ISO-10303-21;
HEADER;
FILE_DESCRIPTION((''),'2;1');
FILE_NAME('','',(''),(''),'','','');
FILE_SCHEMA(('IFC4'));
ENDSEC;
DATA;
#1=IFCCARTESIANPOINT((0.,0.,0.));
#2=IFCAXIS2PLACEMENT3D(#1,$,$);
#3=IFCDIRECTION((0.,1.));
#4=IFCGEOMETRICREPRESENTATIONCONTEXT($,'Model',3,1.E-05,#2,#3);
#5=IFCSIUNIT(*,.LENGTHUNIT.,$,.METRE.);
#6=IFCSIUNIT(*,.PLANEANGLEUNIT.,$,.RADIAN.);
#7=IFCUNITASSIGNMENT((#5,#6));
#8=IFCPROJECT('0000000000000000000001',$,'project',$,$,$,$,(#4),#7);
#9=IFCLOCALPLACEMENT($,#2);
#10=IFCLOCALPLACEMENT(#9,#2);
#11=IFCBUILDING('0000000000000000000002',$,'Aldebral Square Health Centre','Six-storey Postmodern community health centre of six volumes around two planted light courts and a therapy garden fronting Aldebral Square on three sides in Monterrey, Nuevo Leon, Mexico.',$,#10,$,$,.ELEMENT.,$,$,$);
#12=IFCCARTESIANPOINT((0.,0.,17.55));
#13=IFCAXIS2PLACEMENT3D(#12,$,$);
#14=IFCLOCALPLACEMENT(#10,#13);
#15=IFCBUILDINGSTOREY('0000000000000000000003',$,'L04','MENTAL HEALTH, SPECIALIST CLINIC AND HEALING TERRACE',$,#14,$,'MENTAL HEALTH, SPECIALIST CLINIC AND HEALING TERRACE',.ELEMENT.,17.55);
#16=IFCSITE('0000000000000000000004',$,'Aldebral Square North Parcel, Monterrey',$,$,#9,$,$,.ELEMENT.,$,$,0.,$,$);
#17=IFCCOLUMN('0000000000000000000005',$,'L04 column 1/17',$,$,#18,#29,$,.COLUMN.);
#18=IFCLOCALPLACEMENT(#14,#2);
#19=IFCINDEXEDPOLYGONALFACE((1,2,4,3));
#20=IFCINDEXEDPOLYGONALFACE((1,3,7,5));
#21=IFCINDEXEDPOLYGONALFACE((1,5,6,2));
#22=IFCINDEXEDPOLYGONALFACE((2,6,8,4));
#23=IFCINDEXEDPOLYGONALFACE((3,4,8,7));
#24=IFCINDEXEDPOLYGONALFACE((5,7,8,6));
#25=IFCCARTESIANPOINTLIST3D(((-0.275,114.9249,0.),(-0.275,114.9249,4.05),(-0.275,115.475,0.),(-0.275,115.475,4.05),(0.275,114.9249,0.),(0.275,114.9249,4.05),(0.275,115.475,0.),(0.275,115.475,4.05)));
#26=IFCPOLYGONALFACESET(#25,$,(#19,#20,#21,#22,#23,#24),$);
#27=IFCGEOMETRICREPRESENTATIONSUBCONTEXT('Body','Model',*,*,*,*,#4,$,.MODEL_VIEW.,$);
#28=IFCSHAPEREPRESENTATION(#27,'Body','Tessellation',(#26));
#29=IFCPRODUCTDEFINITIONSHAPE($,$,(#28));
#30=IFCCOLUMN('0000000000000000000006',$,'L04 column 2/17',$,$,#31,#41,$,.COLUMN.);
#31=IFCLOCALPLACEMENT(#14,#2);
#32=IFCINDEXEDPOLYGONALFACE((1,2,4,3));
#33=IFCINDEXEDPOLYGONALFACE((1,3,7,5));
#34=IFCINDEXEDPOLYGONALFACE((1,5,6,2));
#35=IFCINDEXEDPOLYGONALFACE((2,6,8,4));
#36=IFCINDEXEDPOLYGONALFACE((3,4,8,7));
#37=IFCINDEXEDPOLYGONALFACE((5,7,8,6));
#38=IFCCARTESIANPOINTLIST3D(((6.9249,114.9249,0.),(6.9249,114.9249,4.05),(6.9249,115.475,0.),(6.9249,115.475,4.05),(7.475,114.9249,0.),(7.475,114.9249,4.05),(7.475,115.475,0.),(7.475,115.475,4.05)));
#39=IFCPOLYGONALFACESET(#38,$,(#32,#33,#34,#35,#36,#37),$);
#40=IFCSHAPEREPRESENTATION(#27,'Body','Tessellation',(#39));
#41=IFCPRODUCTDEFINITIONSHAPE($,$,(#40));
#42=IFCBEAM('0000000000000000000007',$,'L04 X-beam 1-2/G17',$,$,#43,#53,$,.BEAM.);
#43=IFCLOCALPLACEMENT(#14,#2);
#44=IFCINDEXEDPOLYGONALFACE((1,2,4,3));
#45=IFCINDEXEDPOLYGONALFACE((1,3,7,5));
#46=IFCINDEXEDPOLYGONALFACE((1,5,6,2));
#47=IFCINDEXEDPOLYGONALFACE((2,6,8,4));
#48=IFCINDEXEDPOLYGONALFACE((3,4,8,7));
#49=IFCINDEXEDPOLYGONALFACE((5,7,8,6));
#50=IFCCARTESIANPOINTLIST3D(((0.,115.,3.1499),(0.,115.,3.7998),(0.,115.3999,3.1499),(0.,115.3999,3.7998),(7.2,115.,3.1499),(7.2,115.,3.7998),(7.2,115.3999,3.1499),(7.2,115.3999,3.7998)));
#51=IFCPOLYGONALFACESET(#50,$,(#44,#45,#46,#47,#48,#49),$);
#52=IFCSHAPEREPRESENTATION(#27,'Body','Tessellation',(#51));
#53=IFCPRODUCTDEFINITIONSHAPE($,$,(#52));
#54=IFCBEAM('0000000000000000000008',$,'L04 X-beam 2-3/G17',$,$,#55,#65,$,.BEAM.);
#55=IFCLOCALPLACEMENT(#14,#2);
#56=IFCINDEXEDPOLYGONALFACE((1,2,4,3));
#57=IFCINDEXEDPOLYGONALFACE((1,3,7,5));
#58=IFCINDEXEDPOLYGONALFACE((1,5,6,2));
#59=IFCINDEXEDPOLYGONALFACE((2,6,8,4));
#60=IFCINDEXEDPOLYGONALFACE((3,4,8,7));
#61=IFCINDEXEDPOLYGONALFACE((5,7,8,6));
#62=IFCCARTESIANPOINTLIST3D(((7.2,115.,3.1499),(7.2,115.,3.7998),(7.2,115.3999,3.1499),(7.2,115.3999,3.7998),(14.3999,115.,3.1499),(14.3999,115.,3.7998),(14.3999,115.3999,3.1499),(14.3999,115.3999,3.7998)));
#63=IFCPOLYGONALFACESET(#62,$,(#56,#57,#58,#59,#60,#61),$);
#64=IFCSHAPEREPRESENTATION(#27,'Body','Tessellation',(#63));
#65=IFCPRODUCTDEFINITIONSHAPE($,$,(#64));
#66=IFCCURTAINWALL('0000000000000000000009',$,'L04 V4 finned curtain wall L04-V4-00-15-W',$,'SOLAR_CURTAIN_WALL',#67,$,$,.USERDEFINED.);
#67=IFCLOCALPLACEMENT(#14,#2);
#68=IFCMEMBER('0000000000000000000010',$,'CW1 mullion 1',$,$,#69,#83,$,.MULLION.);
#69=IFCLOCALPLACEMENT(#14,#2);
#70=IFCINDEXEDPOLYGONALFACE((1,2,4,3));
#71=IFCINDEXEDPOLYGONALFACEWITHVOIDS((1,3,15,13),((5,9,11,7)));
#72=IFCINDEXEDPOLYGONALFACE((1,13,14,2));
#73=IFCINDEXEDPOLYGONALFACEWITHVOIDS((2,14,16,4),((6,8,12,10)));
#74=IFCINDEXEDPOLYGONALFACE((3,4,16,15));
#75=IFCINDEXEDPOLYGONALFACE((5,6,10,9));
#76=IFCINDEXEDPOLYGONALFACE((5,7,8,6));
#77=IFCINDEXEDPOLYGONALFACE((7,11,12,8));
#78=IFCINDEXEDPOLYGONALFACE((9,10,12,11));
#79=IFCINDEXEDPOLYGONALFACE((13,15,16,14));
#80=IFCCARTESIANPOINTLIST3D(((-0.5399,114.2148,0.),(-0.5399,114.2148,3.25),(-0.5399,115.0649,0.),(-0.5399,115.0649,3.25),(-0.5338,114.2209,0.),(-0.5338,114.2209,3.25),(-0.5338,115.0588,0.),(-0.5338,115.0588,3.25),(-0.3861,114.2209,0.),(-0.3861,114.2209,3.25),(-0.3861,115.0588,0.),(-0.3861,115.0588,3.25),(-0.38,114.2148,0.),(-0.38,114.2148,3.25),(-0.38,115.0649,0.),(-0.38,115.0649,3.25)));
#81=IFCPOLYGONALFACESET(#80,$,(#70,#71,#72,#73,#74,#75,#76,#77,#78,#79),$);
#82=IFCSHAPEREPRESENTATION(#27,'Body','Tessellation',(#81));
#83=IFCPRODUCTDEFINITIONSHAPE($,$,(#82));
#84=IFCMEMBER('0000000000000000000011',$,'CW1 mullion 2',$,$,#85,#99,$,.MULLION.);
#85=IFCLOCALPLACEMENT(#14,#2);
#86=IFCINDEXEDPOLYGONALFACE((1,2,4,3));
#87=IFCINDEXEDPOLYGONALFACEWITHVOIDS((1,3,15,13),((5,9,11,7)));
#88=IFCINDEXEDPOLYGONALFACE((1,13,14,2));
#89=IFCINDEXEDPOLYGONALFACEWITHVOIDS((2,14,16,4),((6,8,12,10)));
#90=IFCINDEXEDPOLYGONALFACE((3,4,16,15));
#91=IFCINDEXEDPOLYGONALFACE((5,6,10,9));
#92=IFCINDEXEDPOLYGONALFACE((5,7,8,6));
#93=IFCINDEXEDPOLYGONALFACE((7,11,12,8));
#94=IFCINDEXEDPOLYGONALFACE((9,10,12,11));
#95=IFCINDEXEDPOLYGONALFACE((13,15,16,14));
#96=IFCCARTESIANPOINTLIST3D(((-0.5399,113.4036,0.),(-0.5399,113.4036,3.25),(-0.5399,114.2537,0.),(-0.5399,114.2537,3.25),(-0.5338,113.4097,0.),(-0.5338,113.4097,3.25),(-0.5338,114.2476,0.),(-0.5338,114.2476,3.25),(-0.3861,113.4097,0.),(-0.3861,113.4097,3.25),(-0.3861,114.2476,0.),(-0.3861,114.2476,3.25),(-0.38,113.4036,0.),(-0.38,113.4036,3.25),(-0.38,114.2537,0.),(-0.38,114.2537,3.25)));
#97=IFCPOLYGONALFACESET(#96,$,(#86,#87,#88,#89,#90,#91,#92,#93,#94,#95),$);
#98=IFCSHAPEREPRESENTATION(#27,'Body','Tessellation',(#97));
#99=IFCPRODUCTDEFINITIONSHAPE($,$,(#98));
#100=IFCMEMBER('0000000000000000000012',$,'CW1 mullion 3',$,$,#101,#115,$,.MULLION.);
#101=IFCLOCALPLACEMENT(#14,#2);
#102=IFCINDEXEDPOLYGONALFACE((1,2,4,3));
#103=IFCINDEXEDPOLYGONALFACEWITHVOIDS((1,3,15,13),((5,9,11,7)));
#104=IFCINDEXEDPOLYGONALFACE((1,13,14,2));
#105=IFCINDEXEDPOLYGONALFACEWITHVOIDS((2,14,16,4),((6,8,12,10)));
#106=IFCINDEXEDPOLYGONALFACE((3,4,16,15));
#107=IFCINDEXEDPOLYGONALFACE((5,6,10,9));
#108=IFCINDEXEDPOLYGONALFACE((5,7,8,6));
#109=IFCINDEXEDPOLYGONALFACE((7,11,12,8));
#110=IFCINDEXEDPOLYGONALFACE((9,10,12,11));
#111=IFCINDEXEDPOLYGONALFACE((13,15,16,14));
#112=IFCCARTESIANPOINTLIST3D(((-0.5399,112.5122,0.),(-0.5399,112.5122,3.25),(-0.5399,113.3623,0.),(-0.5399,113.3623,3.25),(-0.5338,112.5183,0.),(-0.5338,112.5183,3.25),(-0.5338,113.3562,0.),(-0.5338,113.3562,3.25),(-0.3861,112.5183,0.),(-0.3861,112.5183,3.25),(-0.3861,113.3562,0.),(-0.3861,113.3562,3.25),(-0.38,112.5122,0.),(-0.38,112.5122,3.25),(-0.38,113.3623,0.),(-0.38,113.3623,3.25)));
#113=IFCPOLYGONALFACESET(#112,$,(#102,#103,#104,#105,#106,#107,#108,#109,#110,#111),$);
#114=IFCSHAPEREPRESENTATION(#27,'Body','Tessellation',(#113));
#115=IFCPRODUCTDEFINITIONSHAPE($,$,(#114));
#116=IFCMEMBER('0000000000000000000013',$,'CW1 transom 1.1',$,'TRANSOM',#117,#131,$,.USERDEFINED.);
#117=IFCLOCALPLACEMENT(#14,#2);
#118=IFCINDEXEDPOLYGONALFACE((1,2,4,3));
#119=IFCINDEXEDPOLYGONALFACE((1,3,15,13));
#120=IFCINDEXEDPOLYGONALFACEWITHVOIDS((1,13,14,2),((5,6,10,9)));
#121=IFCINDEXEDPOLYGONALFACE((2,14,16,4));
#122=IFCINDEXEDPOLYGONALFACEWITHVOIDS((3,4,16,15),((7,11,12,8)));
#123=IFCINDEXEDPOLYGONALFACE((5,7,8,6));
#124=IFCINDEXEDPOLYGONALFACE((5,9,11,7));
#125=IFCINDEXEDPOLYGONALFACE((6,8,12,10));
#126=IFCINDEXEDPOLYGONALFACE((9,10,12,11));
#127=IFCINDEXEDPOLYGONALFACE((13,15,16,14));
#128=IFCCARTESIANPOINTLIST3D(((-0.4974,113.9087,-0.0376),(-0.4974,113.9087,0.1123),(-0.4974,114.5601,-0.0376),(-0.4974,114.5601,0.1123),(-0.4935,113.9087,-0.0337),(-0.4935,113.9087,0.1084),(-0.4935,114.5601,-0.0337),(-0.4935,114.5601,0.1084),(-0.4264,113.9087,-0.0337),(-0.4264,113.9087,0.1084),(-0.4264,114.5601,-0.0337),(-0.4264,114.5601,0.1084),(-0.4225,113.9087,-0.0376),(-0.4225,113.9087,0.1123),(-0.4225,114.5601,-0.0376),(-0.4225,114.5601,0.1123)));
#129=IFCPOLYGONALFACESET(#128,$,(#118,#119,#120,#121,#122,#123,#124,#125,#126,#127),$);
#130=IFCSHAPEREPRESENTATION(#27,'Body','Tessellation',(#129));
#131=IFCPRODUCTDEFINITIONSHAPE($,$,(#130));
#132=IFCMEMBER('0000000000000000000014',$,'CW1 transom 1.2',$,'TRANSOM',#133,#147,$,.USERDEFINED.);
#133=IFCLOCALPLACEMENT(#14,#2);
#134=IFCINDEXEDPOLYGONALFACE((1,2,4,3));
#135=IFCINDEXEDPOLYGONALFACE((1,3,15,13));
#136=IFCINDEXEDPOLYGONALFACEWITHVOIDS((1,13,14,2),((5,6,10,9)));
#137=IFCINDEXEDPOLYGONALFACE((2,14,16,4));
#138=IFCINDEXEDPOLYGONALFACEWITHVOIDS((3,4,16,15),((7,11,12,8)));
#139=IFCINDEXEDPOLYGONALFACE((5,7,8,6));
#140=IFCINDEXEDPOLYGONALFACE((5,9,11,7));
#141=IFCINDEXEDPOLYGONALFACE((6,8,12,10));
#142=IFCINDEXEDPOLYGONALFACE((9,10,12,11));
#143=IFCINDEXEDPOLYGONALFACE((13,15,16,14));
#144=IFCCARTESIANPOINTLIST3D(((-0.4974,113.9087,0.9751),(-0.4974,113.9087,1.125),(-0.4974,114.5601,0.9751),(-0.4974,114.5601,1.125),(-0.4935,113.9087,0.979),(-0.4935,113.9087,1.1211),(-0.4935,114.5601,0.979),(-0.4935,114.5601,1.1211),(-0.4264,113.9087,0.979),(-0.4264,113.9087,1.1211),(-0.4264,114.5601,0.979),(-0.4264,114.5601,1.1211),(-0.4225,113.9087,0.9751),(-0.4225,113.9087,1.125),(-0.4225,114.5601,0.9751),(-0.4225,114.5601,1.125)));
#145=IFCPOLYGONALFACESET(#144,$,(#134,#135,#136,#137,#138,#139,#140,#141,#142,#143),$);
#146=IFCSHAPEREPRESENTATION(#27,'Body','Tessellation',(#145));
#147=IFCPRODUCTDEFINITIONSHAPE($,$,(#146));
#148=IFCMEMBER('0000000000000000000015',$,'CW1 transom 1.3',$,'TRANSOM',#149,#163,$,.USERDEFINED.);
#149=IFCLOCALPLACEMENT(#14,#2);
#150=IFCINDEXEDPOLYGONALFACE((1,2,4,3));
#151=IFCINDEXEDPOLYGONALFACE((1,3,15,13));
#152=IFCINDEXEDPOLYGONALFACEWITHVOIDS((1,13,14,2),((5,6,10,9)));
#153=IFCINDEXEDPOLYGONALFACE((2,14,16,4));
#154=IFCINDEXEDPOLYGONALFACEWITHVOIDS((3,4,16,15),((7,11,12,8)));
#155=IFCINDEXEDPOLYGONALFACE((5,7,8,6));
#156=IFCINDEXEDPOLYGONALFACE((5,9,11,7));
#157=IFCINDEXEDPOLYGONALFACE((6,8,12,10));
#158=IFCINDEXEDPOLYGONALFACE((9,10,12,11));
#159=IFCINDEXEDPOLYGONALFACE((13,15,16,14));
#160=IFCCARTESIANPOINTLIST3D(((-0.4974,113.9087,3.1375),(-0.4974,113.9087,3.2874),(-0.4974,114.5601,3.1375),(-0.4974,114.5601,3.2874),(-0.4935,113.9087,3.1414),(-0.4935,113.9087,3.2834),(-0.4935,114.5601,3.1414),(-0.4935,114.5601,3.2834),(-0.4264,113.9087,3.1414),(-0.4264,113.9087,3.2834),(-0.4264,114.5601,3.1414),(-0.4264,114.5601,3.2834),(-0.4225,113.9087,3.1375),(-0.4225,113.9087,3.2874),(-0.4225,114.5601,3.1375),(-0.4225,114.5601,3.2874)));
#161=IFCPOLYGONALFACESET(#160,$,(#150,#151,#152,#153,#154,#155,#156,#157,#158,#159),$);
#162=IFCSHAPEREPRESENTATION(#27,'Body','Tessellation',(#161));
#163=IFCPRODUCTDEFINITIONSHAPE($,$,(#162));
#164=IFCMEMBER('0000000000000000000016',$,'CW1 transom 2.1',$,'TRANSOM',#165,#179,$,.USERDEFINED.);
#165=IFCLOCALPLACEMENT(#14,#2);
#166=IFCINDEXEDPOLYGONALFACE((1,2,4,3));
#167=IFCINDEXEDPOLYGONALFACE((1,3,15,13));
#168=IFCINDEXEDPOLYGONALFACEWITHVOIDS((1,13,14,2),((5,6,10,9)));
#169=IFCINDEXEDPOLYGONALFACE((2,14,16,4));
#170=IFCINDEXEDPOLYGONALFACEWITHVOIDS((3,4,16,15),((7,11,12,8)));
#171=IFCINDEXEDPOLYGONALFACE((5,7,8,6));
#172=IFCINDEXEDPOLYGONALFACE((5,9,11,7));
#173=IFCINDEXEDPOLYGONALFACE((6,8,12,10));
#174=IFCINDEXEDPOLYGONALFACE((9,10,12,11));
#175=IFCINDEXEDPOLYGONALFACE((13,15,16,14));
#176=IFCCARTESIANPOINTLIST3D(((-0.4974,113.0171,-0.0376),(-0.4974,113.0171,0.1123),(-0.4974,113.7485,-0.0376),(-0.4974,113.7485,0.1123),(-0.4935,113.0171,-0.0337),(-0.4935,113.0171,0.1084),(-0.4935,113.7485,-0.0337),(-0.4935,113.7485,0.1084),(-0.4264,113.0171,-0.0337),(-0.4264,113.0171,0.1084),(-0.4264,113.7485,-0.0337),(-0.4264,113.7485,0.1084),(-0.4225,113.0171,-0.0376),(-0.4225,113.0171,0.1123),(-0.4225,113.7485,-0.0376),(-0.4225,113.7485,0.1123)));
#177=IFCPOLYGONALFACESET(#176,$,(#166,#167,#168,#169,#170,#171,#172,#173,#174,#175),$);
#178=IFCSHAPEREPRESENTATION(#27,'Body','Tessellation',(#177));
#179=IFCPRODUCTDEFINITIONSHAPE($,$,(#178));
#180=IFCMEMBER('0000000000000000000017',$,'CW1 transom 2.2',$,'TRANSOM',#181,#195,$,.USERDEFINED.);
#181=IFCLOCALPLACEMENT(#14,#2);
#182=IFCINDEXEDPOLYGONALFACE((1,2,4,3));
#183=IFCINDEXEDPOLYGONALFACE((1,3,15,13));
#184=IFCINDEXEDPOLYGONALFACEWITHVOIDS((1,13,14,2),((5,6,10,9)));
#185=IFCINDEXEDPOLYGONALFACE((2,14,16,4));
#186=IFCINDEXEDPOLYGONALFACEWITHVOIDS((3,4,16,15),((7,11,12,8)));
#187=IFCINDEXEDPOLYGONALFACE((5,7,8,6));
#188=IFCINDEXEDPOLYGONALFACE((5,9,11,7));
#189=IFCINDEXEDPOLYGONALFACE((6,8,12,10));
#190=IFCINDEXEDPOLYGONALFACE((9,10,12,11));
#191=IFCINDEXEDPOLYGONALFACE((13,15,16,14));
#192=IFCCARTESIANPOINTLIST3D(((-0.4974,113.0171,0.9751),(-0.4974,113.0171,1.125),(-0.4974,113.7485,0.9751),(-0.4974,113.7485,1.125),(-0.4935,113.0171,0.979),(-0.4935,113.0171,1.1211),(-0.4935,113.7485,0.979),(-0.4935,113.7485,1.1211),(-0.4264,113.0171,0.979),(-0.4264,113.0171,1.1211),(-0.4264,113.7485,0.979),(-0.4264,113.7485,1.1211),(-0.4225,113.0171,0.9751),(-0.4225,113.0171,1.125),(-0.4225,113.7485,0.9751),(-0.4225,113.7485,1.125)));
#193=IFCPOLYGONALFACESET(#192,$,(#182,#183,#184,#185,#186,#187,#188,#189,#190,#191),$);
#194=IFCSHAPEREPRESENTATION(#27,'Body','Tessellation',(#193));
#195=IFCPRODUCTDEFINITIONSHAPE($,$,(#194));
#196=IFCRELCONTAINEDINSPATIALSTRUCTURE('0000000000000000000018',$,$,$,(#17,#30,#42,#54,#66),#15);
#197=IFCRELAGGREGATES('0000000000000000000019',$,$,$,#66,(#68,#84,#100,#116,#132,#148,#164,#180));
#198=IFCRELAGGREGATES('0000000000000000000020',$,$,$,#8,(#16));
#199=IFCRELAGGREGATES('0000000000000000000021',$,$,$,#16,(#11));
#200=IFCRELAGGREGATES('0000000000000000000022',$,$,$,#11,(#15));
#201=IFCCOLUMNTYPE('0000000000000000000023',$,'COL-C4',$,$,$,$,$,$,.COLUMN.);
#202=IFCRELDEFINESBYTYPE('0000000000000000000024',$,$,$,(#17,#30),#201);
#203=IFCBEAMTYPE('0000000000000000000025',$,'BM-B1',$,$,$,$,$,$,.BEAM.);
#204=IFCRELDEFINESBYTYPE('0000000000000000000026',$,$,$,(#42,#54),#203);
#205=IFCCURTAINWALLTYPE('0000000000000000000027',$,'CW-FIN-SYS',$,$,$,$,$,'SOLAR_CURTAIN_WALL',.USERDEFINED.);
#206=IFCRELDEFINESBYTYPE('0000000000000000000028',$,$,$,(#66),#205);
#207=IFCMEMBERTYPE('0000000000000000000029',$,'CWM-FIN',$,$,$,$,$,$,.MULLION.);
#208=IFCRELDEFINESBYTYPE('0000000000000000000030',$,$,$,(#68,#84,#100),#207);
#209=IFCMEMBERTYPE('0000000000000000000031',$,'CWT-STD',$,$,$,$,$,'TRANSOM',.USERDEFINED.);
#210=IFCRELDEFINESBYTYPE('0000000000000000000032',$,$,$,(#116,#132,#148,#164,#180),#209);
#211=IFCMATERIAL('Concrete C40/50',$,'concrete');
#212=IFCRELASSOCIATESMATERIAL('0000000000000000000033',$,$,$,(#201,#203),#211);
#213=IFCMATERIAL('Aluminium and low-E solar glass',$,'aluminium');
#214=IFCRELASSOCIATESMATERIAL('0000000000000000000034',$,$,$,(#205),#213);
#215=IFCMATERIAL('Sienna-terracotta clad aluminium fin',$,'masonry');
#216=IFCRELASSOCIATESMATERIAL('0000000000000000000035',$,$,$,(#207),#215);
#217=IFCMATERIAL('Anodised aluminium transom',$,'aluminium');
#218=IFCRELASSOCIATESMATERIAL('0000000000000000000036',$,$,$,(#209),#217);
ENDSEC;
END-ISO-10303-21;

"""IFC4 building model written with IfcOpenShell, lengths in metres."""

from ifc_helpers import new_model, si_unit, direction, frame, origin, origin_2d, place, context, subcontext, project, spatial, rectangle, hollow_rectangle, extrude, material, material_profile, profile_set, type_object, element, aggregate, save


model = new_model("IFC4")

# Units and contexts
model_context = context("Model", 3, precision=1e-05, world=origin(), true_north=direction((0.0, 1.0)))
body_context = subcontext(model_context, "Body", "Model", "MODEL_VIEW")
ifc_project = project(units=[si_unit("LENGTHUNIT", "METRE"), si_unit("PLANEANGLEUNIT", "RADIAN")], contexts=[model_context])

# Site, building, storey
site_placement = place(None, origin())
site = spatial("IfcSite", under=ifc_project, at=site_placement, Name="Aldebral Square North Parcel, Monterrey", CompositionType="ELEMENT", RefElevation=0.0)
building_placement = place(site_placement, origin())
building = spatial("IfcBuilding", under=site, at=building_placement, Name="Aldebral Square Health Centre", Description="Six-storey Postmodern community health centre of six volumes around two planted light courts and a therapy garden fronting Aldebral Square on three sides in Monterrey, Nuevo Leon, Mexico.", CompositionType="ELEMENT")
storey_placement = place(building_placement, frame((0.0, 0.0, 17.55)))
storey = spatial("IfcBuildingStorey", under=building, at=storey_placement, Name="L04", Description="MENTAL HEALTH, SPECIALIST CLINIC AND HEALING TERRACE", LongName="MENTAL HEALTH, SPECIALIST CLINIC AND HEALING TERRACE", CompositionType="ELEMENT", Elevation=17.55)

# Columns
ifc_material_1 = material(Name="Concrete C40/50", Category="concrete")
ifc_material_profile_1 = material_profile(ifc_material_1, rectangle(XDim=0.55, YDim=0.55, at=origin_2d()), Name="RC 550x550")
ifc_profile_set_1 = profile_set([ifc_material_profile_1], Name="Concrete C40/50")
column_type = type_object("IfcColumnType", Name="COL-C4", PredefinedType="COLUMN", material=ifc_profile_set_1)
for number, where, z_axis, x_axis, name in (
    (1, (0.0, 115.2, 0.0), (0.0, 0.0, 1.0), (1.0, 0.0, 0.0), "L04 column 1/17"),
    (2, (7.2, 115.2, 0.0), (0.0, 0.0, 1.0), (1.0, 0.0, 0.0), "L04 column 2/17"),
):
    element("IfcColumn", number, at=place(storey_placement, frame(where, z_axis=z_axis, x_axis=x_axis)), inside=storey, type_object=column_type, Name=name, PredefinedType="COLUMN", context=body_context, shape_type="SweptSolid", body=[
        extrude(rectangle(XDim=0.55, YDim=0.55, at=origin_2d()), origin(), (0.0, 0.0, 1.0), 4.05),
    ])

# Beams
ifc_material_profile_2 = material_profile(ifc_material_1, rectangle(XDim=0.3999, YDim=0.6499, at=origin_2d()), Name="RC 400x650")
ifc_profile_set_2 = profile_set([ifc_material_profile_2], Name="Concrete C40/50")
beam_type = type_object("IfcBeamType", Name="BM-B1", PredefinedType="BEAM", material=ifc_profile_set_2)
for number, where, z_axis, x_axis, name in (
    (3, (0.0, 115.2, 3.4749), (1.0, 0.0, 0.0), (0.0, 1.0, 0.0), "L04 X-beam 1-2/G17"),
    (4, (7.2, 115.2, 3.4749), (1.0, 0.0, 0.0), (0.0, 1.0, 0.0), "L04 X-beam 2-3/G17"),
):
    element("IfcBeam", number, at=place(storey_placement, frame(where, z_axis=z_axis, x_axis=x_axis)), inside=storey, type_object=beam_type, Name=name, PredefinedType="BEAM", context=body_context, shape_type="SweptSolid", body=[
        extrude(rectangle(XDim=0.3999, YDim=0.6499, at=origin_2d()), origin(), (0.0, 0.0, 1.0), 7.2),
    ])

# Curtain wall, members
ifc_material_2 = material(Name="Aluminium and low-E solar glass", Category="aluminium")
curtain_wall_type = type_object("IfcCurtainWallType", Name="CW-FIN-SYS", ElementType="SOLAR_CURTAIN_WALL", PredefinedType="USERDEFINED", material=ifc_material_2)
curtain_wall_placement = place(storey_placement, origin())
curtain_wall = element("IfcCurtainWall", 5, at=curtain_wall_placement, inside=storey, type_object=curtain_wall_type, Name="L04 V4 finned curtain wall L04-V4-00-15-W", ObjectType="SOLAR_CURTAIN_WALL", PredefinedType="USERDEFINED")
ifc_material_3 = material(Name="Sienna-terracotta clad aluminium fin", Category="masonry")
ifc_material_profile_3 = material_profile(ifc_material_3, hollow_rectangle(XDim=0.1599, YDim=0.8501, WallThickness=0.0061, at=origin_2d()), Name="FIN 160x850x6")
ifc_profile_set_3 = profile_set([ifc_material_profile_3], Name="Sienna-terracotta clad aluminium fin")
member_type_1 = type_object("IfcMemberType", Name="CWM-FIN", PredefinedType="MULLION", material=ifc_profile_set_3)
member_1_placement = place(storey_placement, frame((-0.46, 114.6399, 0.0), z_axis=(0.0, 0.0, 1.0), x_axis=(1.0, 0.0, 0.0)))
member_1 = element("IfcMember", 6, at=member_1_placement, type_object=member_type_1, Name="CW1 mullion 1", PredefinedType="MULLION", context=body_context, shape_type="SweptSolid", body=[
    extrude(hollow_rectangle(XDim=0.1599, YDim=0.8501, WallThickness=0.0061, at=origin_2d()), origin(), (0.0, 0.0, 1.0), 3.25),
])
member_2_placement = place(storey_placement, frame((-0.46, 113.8286, 0.0), z_axis=(0.0, 0.0, 1.0), x_axis=(1.0, 0.0, 0.0)))
member_2 = element("IfcMember", 7, at=member_2_placement, type_object=member_type_1, Name="CW1 mullion 2", PredefinedType="MULLION", context=body_context, shape_type="SweptSolid", body=[
    extrude(hollow_rectangle(XDim=0.1599, YDim=0.8501, WallThickness=0.0061, at=origin_2d()), origin(), (0.0, 0.0, 1.0), 3.25),
])
member_3_placement = place(storey_placement, frame((-0.46, 112.9373, 0.0), z_axis=(0.0, 0.0, 1.0), x_axis=(1.0, 0.0, 0.0)))
member_3 = element("IfcMember", 8, at=member_3_placement, type_object=member_type_1, Name="CW1 mullion 3", PredefinedType="MULLION", context=body_context, shape_type="SweptSolid", body=[
    extrude(hollow_rectangle(XDim=0.1599, YDim=0.8501, WallThickness=0.0061, at=origin_2d()), origin(), (0.0, 0.0, 1.0), 3.25),
])
ifc_material_4 = material(Name="Anodised aluminium transom", Category="aluminium")
ifc_material_profile_4 = material_profile(ifc_material_4, hollow_rectangle(XDim=0.075, YDim=0.1499, WallThickness=0.0039, at=origin_2d()), Name="CWT 75x150x4")
ifc_profile_set_4 = profile_set([ifc_material_profile_4], Name="Anodised aluminium transom")
member_type_2 = type_object("IfcMemberType", Name="CWT-STD", ElementType="TRANSOM", PredefinedType="USERDEFINED", material=ifc_profile_set_4)
member_4_placement = place(storey_placement, frame((-0.46, 114.5601, 0.0374), z_axis=(0.0, -1.0, 0.0), x_axis=(1.0, 0.0, 0.0)))
member_4 = element("IfcMember", 9, at=member_4_placement, type_object=member_type_2, Name="CW1 transom 1.1", ObjectType="TRANSOM", PredefinedType="USERDEFINED", context=body_context, shape_type="SweptSolid", body=[
    extrude(hollow_rectangle(XDim=0.075, YDim=0.1499, WallThickness=0.0039, at=origin_2d()), origin(), (0.0, 0.0, 1.0), 0.6514),
])
member_5_placement = place(storey_placement, frame((-0.46, 114.5601, 1.05), z_axis=(0.0, -1.0, 0.0), x_axis=(1.0, 0.0, 0.0)))
member_5 = element("IfcMember", 10, at=member_5_placement, type_object=member_type_2, Name="CW1 transom 1.2", ObjectType="TRANSOM", PredefinedType="USERDEFINED", context=body_context, shape_type="SweptSolid", body=[
    extrude(hollow_rectangle(XDim=0.075, YDim=0.1499, WallThickness=0.0039, at=origin_2d()), origin(), (0.0, 0.0, 1.0), 0.6514),
])
member_6_placement = place(storey_placement, frame((-0.46, 114.5601, 3.2124), z_axis=(0.0, -1.0, 0.0), x_axis=(1.0, 0.0, 0.0)))
member_6 = element("IfcMember", 11, at=member_6_placement, type_object=member_type_2, Name="CW1 transom 1.3", ObjectType="TRANSOM", PredefinedType="USERDEFINED", context=body_context, shape_type="SweptSolid", body=[
    extrude(hollow_rectangle(XDim=0.075, YDim=0.1499, WallThickness=0.0039, at=origin_2d()), origin(), (0.0, 0.0, 1.0), 0.6514),
])
member_7_placement = place(storey_placement, frame((-0.46, 113.7485, 0.0374), z_axis=(0.0, -1.0, 0.0), x_axis=(1.0, 0.0, 0.0)))
member_7 = element("IfcMember", 12, at=member_7_placement, type_object=member_type_2, Name="CW1 transom 2.1", ObjectType="TRANSOM", PredefinedType="USERDEFINED", context=body_context, shape_type="SweptSolid", body=[
    extrude(hollow_rectangle(XDim=0.075, YDim=0.1499, WallThickness=0.0039, at=origin_2d()), origin(), (0.0, 0.0, 1.0), 0.7314),
])
member_8_placement = place(storey_placement, frame((-0.46, 113.7485, 1.05), z_axis=(0.0, -1.0, 0.0), x_axis=(1.0, 0.0, 0.0)))
member_8 = element("IfcMember", 13, at=member_8_placement, type_object=member_type_2, Name="CW1 transom 2.2", ObjectType="TRANSOM", PredefinedType="USERDEFINED", context=body_context, shape_type="SweptSolid", body=[
    extrude(hollow_rectangle(XDim=0.075, YDim=0.1499, WallThickness=0.0039, at=origin_2d()), origin(), (0.0, 0.0, 1.0), 0.7314),
])
aggregate(curtain_wall, [member_1, member_2, member_3, member_4, member_5, member_6, member_7, member_8])

save(model, "model.ifc")
